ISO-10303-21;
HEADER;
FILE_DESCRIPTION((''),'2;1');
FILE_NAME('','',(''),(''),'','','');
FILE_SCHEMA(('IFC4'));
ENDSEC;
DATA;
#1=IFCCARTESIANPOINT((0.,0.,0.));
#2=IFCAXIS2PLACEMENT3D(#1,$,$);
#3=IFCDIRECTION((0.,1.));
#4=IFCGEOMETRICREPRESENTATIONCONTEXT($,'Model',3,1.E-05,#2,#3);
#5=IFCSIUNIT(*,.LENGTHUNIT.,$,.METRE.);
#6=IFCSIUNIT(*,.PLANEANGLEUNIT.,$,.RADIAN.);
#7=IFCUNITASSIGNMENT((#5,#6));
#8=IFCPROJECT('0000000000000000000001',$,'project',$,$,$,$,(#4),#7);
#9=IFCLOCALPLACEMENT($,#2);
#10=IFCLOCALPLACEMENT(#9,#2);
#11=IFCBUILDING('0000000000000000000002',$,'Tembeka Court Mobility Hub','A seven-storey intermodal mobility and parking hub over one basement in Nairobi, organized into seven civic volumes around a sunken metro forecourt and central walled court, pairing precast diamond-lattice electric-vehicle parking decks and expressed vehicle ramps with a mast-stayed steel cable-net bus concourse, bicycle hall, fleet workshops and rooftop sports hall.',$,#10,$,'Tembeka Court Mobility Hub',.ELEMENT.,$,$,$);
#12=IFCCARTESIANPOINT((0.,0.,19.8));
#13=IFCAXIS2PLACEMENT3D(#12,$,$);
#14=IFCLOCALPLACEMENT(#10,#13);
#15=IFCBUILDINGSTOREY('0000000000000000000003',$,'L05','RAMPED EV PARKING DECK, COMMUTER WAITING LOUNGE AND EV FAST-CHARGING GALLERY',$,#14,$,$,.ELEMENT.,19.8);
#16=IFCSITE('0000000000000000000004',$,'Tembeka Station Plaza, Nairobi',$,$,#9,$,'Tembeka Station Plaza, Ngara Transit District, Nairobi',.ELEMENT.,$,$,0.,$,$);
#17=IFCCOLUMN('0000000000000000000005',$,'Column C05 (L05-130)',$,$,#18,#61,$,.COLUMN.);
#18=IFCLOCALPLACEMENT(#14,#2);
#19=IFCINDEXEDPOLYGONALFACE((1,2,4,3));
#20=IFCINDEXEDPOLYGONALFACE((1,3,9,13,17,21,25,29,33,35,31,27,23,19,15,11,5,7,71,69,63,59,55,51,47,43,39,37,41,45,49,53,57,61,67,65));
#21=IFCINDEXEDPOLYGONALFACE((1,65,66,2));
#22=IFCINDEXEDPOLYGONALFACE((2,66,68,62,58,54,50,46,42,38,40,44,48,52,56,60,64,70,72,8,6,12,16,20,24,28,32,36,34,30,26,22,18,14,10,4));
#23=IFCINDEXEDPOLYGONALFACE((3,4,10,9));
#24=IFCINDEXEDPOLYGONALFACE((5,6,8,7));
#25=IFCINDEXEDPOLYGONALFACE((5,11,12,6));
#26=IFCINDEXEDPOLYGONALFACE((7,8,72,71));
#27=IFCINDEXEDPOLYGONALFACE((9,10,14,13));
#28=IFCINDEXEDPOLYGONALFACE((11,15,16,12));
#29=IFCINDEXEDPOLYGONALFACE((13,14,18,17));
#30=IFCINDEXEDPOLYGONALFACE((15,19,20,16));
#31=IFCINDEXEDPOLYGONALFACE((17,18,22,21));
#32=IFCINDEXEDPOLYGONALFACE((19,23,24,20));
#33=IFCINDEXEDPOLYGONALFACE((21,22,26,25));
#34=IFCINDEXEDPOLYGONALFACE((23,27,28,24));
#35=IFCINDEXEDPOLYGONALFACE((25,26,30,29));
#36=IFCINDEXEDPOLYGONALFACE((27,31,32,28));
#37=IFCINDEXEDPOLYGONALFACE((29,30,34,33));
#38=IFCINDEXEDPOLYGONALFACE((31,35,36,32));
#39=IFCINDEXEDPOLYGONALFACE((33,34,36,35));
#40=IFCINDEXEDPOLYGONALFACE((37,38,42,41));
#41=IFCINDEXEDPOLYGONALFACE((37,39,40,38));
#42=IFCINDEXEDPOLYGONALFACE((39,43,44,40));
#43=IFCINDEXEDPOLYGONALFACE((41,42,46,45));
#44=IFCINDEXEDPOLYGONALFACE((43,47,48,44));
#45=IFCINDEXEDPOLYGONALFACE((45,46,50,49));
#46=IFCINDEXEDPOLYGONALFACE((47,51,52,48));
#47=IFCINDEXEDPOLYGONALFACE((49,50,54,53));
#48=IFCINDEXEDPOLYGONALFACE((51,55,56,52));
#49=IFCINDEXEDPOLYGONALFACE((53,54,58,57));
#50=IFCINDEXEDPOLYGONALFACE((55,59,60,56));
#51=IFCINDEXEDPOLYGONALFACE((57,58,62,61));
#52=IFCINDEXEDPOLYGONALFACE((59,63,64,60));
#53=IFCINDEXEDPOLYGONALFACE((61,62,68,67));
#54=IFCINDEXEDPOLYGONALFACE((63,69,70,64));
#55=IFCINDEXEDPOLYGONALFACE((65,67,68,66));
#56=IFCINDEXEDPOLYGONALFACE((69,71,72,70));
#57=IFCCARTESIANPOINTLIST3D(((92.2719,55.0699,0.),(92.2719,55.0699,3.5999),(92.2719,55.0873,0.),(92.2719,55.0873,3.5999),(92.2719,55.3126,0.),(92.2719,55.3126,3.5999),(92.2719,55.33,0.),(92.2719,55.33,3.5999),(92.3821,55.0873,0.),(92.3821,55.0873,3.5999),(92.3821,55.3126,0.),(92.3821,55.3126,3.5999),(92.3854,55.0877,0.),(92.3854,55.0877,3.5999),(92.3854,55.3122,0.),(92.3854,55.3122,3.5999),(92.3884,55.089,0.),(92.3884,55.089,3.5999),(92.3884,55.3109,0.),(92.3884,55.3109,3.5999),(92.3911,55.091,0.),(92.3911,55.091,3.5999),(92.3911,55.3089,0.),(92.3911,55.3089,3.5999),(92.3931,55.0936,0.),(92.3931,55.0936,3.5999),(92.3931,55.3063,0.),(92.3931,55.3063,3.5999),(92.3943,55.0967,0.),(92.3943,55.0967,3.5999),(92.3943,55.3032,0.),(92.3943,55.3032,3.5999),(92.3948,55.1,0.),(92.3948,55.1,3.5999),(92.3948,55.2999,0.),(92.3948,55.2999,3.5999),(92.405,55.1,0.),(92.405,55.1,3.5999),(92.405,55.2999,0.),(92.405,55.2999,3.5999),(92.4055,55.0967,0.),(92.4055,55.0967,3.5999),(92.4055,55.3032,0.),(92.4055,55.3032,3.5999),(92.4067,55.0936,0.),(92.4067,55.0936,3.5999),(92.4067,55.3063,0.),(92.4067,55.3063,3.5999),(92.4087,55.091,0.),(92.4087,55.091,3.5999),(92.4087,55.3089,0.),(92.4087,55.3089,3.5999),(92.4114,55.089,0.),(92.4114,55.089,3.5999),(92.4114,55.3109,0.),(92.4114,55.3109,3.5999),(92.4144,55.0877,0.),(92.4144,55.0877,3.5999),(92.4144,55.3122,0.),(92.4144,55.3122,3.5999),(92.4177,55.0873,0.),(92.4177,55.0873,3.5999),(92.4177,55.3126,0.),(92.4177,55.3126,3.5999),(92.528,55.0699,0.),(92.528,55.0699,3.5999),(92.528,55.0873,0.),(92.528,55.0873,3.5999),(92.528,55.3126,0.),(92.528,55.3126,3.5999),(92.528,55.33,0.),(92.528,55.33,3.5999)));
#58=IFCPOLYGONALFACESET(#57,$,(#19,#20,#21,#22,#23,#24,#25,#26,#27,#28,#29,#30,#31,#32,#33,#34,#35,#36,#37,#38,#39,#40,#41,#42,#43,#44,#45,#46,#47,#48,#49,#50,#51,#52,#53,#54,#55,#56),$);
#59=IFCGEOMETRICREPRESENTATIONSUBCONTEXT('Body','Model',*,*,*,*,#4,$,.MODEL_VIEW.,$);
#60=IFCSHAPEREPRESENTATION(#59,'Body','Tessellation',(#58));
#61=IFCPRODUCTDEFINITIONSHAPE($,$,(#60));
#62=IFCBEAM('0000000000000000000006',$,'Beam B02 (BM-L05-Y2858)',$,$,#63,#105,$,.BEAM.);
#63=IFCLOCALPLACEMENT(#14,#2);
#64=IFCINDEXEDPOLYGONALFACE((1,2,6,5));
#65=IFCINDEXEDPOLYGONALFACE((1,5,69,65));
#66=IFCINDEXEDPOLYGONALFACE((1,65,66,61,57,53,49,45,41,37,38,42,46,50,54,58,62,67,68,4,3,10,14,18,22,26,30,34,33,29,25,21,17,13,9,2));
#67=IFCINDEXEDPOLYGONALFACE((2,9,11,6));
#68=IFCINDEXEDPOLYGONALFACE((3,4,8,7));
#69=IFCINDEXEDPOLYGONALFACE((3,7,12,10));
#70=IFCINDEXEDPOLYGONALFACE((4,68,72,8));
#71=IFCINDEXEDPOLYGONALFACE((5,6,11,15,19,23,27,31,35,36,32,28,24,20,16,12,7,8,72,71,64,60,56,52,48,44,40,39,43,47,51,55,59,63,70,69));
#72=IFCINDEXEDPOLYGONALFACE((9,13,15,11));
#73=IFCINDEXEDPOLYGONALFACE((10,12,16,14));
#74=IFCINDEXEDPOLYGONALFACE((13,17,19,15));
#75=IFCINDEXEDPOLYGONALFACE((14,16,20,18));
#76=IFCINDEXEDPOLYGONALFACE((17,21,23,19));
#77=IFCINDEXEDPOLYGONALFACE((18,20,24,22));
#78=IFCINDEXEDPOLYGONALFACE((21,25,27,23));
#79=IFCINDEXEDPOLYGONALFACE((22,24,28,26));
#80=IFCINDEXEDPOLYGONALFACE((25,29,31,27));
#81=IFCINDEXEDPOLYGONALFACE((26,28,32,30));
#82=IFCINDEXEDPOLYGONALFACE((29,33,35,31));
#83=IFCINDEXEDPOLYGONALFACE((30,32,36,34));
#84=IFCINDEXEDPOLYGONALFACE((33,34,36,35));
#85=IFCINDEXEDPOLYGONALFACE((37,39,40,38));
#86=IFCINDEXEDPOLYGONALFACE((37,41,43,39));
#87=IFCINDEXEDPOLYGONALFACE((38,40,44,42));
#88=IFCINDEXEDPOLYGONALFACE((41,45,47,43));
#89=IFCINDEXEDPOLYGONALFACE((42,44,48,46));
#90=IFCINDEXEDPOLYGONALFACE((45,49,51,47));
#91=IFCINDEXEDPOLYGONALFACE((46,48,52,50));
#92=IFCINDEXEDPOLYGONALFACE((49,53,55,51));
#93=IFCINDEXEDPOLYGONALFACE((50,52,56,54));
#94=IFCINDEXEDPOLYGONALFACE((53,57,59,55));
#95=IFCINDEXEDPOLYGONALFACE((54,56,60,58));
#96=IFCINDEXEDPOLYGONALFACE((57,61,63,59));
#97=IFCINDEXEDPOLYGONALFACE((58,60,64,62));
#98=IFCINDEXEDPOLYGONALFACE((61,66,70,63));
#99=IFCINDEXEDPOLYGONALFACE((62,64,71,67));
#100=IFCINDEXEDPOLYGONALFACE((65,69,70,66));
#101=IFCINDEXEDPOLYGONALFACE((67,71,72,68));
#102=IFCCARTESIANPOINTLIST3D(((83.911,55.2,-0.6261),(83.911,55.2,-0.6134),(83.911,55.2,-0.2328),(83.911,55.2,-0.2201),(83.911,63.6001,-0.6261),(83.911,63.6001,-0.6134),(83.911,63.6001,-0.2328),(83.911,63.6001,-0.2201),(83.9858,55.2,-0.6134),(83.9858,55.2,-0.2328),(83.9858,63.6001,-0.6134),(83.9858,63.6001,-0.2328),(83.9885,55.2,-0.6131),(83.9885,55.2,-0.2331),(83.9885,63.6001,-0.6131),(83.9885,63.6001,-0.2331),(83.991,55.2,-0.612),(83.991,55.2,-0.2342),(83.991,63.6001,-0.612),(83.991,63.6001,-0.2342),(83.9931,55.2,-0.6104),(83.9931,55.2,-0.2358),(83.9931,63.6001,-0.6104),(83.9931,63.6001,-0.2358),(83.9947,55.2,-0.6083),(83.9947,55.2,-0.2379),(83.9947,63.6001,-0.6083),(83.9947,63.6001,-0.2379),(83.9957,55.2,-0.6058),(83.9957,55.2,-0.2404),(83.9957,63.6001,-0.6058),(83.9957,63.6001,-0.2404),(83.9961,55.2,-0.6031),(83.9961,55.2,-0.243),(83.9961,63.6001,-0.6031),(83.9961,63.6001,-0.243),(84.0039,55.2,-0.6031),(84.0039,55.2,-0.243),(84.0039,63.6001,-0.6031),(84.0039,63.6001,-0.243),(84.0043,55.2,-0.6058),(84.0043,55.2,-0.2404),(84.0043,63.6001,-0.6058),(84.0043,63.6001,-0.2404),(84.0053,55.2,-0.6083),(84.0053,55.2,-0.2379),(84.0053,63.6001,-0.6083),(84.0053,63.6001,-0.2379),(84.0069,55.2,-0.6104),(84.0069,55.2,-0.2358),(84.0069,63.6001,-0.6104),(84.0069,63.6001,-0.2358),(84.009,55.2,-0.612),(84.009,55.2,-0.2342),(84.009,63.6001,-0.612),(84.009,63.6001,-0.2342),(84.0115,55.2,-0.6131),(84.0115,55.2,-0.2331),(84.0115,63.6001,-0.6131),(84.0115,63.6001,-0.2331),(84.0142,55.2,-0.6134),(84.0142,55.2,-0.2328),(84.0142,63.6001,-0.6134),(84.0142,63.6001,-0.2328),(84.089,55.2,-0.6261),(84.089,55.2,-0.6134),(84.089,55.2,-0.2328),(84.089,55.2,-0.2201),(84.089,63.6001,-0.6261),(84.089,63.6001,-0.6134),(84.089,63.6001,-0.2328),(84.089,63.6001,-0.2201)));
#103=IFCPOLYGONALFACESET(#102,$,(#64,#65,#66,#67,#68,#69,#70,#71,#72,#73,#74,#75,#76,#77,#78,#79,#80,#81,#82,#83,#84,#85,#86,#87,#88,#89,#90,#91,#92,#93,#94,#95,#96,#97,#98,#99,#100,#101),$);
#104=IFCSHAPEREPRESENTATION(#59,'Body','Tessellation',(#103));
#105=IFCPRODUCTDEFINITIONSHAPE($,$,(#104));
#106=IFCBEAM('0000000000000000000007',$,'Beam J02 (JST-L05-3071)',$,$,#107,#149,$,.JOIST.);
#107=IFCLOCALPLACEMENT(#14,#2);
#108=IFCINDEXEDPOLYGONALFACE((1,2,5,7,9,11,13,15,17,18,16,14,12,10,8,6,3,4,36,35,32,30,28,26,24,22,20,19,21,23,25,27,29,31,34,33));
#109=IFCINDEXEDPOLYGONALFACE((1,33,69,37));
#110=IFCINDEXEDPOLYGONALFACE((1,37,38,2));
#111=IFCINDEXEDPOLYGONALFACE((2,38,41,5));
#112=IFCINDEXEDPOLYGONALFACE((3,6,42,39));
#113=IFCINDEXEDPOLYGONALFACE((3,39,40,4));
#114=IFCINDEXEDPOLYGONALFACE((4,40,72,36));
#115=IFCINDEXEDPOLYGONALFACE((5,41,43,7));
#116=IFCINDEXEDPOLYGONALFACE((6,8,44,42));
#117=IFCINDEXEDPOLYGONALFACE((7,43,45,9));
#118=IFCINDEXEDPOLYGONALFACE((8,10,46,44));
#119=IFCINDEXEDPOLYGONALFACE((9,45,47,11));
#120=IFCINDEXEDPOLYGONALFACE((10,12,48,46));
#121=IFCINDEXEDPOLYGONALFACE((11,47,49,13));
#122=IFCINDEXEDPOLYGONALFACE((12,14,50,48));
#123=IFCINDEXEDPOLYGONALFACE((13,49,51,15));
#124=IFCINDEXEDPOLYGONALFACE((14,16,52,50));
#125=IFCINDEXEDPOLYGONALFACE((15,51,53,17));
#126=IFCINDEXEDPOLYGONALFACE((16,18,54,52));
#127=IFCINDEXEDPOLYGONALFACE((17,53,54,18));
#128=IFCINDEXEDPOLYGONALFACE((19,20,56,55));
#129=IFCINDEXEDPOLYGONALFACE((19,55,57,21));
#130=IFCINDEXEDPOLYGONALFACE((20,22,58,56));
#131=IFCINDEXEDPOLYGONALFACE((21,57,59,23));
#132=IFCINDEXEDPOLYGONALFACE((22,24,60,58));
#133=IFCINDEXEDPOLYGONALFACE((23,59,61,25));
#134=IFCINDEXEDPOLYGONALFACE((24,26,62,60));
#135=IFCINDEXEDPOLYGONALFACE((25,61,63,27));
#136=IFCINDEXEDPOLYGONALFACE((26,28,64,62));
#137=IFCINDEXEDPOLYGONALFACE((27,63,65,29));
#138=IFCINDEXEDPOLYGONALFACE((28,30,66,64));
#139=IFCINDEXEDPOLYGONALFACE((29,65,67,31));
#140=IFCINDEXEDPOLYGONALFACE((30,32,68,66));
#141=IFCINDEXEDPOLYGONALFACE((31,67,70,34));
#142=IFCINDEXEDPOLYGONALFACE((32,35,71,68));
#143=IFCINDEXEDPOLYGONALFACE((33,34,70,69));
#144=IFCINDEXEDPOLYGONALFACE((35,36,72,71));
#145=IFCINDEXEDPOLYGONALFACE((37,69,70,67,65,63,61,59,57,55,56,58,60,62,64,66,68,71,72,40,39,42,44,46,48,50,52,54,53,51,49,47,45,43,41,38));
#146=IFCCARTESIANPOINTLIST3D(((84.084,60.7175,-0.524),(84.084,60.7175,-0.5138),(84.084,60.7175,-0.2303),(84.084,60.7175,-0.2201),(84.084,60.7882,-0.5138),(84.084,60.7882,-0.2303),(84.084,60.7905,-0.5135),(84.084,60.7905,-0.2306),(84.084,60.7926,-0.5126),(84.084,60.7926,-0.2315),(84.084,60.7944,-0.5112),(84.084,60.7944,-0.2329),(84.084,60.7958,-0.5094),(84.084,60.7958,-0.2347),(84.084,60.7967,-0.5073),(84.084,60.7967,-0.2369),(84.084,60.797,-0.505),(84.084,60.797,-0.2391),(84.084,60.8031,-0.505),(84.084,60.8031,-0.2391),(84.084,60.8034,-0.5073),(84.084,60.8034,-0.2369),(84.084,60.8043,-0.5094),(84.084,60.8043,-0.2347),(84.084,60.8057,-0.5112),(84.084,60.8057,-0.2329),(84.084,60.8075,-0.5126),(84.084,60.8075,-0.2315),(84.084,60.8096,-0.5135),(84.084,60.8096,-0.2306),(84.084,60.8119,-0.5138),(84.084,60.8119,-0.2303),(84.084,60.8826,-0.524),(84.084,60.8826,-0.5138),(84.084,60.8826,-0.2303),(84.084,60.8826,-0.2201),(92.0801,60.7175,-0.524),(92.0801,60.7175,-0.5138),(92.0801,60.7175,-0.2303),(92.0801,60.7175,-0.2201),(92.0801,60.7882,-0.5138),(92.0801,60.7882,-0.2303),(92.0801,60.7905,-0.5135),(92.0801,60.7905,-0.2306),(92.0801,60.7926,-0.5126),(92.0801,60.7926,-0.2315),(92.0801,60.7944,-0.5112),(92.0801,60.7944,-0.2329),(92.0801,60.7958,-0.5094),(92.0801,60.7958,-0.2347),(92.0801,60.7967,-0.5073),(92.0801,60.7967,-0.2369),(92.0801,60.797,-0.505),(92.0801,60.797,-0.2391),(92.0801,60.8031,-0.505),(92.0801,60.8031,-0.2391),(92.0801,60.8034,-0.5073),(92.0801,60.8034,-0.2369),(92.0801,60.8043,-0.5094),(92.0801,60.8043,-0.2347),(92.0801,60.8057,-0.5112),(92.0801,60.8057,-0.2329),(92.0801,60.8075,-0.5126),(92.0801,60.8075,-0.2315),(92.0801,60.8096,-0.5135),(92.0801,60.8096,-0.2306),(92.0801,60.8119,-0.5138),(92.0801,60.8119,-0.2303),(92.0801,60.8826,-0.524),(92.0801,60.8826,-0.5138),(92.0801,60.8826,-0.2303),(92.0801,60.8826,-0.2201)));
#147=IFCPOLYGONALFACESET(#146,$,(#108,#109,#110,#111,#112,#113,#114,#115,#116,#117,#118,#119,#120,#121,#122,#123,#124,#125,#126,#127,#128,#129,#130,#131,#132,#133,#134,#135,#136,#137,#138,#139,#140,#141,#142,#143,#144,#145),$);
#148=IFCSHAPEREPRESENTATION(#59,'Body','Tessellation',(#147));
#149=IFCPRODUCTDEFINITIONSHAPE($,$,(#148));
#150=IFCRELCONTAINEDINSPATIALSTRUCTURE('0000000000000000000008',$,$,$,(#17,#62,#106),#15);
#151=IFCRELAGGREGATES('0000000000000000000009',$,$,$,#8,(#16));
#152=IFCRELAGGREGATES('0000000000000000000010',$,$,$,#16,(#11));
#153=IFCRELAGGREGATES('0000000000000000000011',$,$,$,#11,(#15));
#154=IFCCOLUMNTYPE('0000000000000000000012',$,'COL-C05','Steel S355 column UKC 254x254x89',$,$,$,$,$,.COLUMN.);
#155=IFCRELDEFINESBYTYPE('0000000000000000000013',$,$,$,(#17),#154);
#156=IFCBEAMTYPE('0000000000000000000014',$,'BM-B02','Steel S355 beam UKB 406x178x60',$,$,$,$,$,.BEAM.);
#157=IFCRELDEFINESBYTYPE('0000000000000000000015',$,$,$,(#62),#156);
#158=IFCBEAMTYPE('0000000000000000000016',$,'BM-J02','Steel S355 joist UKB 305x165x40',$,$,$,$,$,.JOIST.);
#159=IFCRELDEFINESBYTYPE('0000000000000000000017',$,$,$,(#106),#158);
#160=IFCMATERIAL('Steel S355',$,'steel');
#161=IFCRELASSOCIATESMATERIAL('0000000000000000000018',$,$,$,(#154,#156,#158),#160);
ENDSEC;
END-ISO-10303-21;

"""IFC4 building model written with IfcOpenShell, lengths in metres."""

from ifc_helpers import new_model, si_unit, direction, frame, origin, origin_2d, place, context, subcontext, project, spatial, i_section, extrude, material, material_profile, profile_set, type_object, element, save


model = new_model("IFC4")

# Units and contexts
model_context = context("Model", 3, precision=1e-05, world=origin(), true_north=direction((0.0, 1.0)))
body_context = subcontext(model_context, "Body", "Model", "MODEL_VIEW")
ifc_project = project(units=[si_unit("LENGTHUNIT", "METRE"), si_unit("PLANEANGLEUNIT", "RADIAN")], contexts=[model_context])

# Site, building, storey
site_placement = place(None, origin())
site = spatial("IfcSite", under=ifc_project, at=site_placement, Name="Tembeka Station Plaza, Nairobi", LongName="Tembeka Station Plaza, Ngara Transit District, Nairobi", CompositionType="ELEMENT", RefElevation=0.0)
building_placement = place(site_placement, origin())
building = spatial("IfcBuilding", under=site, at=building_placement, Name="Tembeka Court Mobility Hub", Description="A seven-storey intermodal mobility and parking hub over one basement in Nairobi, organized into seven civic volumes around a sunken metro forecourt and central walled court, pairing precast diamond-lattice electric-vehicle parking decks and expressed vehicle ramps with a mast-stayed steel cable-net bus concourse, bicycle hall, fleet workshops and rooftop sports hall.", LongName="Tembeka Court Mobility Hub", CompositionType="ELEMENT")
storey_placement = place(building_placement, frame((0.0, 0.0, 19.8)))
storey = spatial("IfcBuildingStorey", under=building, at=storey_placement, Name="L05", Description="RAMPED EV PARKING DECK, COMMUTER WAITING LOUNGE AND EV FAST-CHARGING GALLERY", CompositionType="ELEMENT", Elevation=19.8)

# Column
ifc_material_1 = material(Name="Steel S355", Category="steel")
ifc_material_profile_1 = material_profile(ifc_material_1, i_section(OverallWidth=0.2561, OverallDepth=0.26, WebThickness=0.0103, FlangeThickness=0.0173, FilletRadius=0.0127, at=origin_2d()), Name="UKC 254x254x89")
ifc_profile_set_1 = profile_set([ifc_material_profile_1], Name="Steel S355")
column_type = type_object("IfcColumnType", Name="COL-C05", Description="Steel S355 column UKC 254x254x89", PredefinedType="COLUMN", material=ifc_profile_set_1)
column_placement = place(storey_placement, frame((92.3999, 55.2, 0.0), z_axis=(0.0, 0.0, 1.0), x_axis=(1.0, 0.0, 0.0)))
element("IfcColumn", 1, at=column_placement, inside=storey, type_object=column_type, Name="Column C05 (L05-130)", PredefinedType="COLUMN", context=body_context, shape_type="SweptSolid", body=[
    extrude(i_section(OverallWidth=0.2561, OverallDepth=0.26, WebThickness=0.0103, FlangeThickness=0.0173, FilletRadius=0.0127, at=origin_2d()), origin(), (0.0, 0.0, 1.0), 3.5999),
])

# Beams
ifc_material_profile_2 = material_profile(ifc_material_1, i_section(OverallWidth=0.178, OverallDepth=0.406, WebThickness=0.0078, FlangeThickness=0.0127, FilletRadius=0.0103, at=origin_2d()), Name="UKB 406x178x60")
ifc_profile_set_2 = profile_set([ifc_material_profile_2], Name="Steel S355")
beam_type_1 = type_object("IfcBeamType", Name="BM-B02", Description="Steel S355 beam UKB 406x178x60", PredefinedType="BEAM", material=ifc_profile_set_2)
beam_1_placement = place(storey_placement, frame((84.0, 55.2, -0.4231), z_axis=(0.0, 1.0, 0.0), x_axis=(-1.0, 0.0, 0.0)))
element("IfcBeam", 2, at=beam_1_placement, inside=storey, type_object=beam_type_1, Name="Beam B02 (BM-L05-Y2858)", PredefinedType="BEAM", context=body_context, shape_type="SweptSolid", body=[
    extrude(i_section(OverallWidth=0.178, OverallDepth=0.406, WebThickness=0.0078, FlangeThickness=0.0127, FilletRadius=0.0103, at=origin_2d()), origin(), (0.0, 0.0, 1.0), 8.4001),
])
ifc_material_profile_3 = material_profile(ifc_material_1, i_section(OverallWidth=0.165, OverallDepth=0.304, WebThickness=0.0061, FlangeThickness=0.0103, FilletRadius=0.0088, at=origin_2d()), Name="UKB 305x165x40")
ifc_profile_set_3 = profile_set([ifc_material_profile_3], Name="Steel S355")
beam_type_2 = type_object("IfcBeamType", Name="BM-J02", Description="Steel S355 joist UKB 305x165x40", PredefinedType="JOIST", material=ifc_profile_set_3)
beam_2_placement = place(storey_placement, frame((84.084, 60.8, -0.3721), z_axis=(1.0, 0.0, 0.0), x_axis=(0.0, 1.0, 0.0)))
element("IfcBeam", 3, at=beam_2_placement, inside=storey, type_object=beam_type_2, Name="Beam J02 (JST-L05-3071)", PredefinedType="JOIST", context=body_context, shape_type="SweptSolid", body=[
    extrude(i_section(OverallWidth=0.165, OverallDepth=0.304, WebThickness=0.0061, FlangeThickness=0.0103, FilletRadius=0.0088, at=origin_2d()), origin(), (0.0, 0.0, 1.0), 7.9961),
])

save(model, "model.ifc")
